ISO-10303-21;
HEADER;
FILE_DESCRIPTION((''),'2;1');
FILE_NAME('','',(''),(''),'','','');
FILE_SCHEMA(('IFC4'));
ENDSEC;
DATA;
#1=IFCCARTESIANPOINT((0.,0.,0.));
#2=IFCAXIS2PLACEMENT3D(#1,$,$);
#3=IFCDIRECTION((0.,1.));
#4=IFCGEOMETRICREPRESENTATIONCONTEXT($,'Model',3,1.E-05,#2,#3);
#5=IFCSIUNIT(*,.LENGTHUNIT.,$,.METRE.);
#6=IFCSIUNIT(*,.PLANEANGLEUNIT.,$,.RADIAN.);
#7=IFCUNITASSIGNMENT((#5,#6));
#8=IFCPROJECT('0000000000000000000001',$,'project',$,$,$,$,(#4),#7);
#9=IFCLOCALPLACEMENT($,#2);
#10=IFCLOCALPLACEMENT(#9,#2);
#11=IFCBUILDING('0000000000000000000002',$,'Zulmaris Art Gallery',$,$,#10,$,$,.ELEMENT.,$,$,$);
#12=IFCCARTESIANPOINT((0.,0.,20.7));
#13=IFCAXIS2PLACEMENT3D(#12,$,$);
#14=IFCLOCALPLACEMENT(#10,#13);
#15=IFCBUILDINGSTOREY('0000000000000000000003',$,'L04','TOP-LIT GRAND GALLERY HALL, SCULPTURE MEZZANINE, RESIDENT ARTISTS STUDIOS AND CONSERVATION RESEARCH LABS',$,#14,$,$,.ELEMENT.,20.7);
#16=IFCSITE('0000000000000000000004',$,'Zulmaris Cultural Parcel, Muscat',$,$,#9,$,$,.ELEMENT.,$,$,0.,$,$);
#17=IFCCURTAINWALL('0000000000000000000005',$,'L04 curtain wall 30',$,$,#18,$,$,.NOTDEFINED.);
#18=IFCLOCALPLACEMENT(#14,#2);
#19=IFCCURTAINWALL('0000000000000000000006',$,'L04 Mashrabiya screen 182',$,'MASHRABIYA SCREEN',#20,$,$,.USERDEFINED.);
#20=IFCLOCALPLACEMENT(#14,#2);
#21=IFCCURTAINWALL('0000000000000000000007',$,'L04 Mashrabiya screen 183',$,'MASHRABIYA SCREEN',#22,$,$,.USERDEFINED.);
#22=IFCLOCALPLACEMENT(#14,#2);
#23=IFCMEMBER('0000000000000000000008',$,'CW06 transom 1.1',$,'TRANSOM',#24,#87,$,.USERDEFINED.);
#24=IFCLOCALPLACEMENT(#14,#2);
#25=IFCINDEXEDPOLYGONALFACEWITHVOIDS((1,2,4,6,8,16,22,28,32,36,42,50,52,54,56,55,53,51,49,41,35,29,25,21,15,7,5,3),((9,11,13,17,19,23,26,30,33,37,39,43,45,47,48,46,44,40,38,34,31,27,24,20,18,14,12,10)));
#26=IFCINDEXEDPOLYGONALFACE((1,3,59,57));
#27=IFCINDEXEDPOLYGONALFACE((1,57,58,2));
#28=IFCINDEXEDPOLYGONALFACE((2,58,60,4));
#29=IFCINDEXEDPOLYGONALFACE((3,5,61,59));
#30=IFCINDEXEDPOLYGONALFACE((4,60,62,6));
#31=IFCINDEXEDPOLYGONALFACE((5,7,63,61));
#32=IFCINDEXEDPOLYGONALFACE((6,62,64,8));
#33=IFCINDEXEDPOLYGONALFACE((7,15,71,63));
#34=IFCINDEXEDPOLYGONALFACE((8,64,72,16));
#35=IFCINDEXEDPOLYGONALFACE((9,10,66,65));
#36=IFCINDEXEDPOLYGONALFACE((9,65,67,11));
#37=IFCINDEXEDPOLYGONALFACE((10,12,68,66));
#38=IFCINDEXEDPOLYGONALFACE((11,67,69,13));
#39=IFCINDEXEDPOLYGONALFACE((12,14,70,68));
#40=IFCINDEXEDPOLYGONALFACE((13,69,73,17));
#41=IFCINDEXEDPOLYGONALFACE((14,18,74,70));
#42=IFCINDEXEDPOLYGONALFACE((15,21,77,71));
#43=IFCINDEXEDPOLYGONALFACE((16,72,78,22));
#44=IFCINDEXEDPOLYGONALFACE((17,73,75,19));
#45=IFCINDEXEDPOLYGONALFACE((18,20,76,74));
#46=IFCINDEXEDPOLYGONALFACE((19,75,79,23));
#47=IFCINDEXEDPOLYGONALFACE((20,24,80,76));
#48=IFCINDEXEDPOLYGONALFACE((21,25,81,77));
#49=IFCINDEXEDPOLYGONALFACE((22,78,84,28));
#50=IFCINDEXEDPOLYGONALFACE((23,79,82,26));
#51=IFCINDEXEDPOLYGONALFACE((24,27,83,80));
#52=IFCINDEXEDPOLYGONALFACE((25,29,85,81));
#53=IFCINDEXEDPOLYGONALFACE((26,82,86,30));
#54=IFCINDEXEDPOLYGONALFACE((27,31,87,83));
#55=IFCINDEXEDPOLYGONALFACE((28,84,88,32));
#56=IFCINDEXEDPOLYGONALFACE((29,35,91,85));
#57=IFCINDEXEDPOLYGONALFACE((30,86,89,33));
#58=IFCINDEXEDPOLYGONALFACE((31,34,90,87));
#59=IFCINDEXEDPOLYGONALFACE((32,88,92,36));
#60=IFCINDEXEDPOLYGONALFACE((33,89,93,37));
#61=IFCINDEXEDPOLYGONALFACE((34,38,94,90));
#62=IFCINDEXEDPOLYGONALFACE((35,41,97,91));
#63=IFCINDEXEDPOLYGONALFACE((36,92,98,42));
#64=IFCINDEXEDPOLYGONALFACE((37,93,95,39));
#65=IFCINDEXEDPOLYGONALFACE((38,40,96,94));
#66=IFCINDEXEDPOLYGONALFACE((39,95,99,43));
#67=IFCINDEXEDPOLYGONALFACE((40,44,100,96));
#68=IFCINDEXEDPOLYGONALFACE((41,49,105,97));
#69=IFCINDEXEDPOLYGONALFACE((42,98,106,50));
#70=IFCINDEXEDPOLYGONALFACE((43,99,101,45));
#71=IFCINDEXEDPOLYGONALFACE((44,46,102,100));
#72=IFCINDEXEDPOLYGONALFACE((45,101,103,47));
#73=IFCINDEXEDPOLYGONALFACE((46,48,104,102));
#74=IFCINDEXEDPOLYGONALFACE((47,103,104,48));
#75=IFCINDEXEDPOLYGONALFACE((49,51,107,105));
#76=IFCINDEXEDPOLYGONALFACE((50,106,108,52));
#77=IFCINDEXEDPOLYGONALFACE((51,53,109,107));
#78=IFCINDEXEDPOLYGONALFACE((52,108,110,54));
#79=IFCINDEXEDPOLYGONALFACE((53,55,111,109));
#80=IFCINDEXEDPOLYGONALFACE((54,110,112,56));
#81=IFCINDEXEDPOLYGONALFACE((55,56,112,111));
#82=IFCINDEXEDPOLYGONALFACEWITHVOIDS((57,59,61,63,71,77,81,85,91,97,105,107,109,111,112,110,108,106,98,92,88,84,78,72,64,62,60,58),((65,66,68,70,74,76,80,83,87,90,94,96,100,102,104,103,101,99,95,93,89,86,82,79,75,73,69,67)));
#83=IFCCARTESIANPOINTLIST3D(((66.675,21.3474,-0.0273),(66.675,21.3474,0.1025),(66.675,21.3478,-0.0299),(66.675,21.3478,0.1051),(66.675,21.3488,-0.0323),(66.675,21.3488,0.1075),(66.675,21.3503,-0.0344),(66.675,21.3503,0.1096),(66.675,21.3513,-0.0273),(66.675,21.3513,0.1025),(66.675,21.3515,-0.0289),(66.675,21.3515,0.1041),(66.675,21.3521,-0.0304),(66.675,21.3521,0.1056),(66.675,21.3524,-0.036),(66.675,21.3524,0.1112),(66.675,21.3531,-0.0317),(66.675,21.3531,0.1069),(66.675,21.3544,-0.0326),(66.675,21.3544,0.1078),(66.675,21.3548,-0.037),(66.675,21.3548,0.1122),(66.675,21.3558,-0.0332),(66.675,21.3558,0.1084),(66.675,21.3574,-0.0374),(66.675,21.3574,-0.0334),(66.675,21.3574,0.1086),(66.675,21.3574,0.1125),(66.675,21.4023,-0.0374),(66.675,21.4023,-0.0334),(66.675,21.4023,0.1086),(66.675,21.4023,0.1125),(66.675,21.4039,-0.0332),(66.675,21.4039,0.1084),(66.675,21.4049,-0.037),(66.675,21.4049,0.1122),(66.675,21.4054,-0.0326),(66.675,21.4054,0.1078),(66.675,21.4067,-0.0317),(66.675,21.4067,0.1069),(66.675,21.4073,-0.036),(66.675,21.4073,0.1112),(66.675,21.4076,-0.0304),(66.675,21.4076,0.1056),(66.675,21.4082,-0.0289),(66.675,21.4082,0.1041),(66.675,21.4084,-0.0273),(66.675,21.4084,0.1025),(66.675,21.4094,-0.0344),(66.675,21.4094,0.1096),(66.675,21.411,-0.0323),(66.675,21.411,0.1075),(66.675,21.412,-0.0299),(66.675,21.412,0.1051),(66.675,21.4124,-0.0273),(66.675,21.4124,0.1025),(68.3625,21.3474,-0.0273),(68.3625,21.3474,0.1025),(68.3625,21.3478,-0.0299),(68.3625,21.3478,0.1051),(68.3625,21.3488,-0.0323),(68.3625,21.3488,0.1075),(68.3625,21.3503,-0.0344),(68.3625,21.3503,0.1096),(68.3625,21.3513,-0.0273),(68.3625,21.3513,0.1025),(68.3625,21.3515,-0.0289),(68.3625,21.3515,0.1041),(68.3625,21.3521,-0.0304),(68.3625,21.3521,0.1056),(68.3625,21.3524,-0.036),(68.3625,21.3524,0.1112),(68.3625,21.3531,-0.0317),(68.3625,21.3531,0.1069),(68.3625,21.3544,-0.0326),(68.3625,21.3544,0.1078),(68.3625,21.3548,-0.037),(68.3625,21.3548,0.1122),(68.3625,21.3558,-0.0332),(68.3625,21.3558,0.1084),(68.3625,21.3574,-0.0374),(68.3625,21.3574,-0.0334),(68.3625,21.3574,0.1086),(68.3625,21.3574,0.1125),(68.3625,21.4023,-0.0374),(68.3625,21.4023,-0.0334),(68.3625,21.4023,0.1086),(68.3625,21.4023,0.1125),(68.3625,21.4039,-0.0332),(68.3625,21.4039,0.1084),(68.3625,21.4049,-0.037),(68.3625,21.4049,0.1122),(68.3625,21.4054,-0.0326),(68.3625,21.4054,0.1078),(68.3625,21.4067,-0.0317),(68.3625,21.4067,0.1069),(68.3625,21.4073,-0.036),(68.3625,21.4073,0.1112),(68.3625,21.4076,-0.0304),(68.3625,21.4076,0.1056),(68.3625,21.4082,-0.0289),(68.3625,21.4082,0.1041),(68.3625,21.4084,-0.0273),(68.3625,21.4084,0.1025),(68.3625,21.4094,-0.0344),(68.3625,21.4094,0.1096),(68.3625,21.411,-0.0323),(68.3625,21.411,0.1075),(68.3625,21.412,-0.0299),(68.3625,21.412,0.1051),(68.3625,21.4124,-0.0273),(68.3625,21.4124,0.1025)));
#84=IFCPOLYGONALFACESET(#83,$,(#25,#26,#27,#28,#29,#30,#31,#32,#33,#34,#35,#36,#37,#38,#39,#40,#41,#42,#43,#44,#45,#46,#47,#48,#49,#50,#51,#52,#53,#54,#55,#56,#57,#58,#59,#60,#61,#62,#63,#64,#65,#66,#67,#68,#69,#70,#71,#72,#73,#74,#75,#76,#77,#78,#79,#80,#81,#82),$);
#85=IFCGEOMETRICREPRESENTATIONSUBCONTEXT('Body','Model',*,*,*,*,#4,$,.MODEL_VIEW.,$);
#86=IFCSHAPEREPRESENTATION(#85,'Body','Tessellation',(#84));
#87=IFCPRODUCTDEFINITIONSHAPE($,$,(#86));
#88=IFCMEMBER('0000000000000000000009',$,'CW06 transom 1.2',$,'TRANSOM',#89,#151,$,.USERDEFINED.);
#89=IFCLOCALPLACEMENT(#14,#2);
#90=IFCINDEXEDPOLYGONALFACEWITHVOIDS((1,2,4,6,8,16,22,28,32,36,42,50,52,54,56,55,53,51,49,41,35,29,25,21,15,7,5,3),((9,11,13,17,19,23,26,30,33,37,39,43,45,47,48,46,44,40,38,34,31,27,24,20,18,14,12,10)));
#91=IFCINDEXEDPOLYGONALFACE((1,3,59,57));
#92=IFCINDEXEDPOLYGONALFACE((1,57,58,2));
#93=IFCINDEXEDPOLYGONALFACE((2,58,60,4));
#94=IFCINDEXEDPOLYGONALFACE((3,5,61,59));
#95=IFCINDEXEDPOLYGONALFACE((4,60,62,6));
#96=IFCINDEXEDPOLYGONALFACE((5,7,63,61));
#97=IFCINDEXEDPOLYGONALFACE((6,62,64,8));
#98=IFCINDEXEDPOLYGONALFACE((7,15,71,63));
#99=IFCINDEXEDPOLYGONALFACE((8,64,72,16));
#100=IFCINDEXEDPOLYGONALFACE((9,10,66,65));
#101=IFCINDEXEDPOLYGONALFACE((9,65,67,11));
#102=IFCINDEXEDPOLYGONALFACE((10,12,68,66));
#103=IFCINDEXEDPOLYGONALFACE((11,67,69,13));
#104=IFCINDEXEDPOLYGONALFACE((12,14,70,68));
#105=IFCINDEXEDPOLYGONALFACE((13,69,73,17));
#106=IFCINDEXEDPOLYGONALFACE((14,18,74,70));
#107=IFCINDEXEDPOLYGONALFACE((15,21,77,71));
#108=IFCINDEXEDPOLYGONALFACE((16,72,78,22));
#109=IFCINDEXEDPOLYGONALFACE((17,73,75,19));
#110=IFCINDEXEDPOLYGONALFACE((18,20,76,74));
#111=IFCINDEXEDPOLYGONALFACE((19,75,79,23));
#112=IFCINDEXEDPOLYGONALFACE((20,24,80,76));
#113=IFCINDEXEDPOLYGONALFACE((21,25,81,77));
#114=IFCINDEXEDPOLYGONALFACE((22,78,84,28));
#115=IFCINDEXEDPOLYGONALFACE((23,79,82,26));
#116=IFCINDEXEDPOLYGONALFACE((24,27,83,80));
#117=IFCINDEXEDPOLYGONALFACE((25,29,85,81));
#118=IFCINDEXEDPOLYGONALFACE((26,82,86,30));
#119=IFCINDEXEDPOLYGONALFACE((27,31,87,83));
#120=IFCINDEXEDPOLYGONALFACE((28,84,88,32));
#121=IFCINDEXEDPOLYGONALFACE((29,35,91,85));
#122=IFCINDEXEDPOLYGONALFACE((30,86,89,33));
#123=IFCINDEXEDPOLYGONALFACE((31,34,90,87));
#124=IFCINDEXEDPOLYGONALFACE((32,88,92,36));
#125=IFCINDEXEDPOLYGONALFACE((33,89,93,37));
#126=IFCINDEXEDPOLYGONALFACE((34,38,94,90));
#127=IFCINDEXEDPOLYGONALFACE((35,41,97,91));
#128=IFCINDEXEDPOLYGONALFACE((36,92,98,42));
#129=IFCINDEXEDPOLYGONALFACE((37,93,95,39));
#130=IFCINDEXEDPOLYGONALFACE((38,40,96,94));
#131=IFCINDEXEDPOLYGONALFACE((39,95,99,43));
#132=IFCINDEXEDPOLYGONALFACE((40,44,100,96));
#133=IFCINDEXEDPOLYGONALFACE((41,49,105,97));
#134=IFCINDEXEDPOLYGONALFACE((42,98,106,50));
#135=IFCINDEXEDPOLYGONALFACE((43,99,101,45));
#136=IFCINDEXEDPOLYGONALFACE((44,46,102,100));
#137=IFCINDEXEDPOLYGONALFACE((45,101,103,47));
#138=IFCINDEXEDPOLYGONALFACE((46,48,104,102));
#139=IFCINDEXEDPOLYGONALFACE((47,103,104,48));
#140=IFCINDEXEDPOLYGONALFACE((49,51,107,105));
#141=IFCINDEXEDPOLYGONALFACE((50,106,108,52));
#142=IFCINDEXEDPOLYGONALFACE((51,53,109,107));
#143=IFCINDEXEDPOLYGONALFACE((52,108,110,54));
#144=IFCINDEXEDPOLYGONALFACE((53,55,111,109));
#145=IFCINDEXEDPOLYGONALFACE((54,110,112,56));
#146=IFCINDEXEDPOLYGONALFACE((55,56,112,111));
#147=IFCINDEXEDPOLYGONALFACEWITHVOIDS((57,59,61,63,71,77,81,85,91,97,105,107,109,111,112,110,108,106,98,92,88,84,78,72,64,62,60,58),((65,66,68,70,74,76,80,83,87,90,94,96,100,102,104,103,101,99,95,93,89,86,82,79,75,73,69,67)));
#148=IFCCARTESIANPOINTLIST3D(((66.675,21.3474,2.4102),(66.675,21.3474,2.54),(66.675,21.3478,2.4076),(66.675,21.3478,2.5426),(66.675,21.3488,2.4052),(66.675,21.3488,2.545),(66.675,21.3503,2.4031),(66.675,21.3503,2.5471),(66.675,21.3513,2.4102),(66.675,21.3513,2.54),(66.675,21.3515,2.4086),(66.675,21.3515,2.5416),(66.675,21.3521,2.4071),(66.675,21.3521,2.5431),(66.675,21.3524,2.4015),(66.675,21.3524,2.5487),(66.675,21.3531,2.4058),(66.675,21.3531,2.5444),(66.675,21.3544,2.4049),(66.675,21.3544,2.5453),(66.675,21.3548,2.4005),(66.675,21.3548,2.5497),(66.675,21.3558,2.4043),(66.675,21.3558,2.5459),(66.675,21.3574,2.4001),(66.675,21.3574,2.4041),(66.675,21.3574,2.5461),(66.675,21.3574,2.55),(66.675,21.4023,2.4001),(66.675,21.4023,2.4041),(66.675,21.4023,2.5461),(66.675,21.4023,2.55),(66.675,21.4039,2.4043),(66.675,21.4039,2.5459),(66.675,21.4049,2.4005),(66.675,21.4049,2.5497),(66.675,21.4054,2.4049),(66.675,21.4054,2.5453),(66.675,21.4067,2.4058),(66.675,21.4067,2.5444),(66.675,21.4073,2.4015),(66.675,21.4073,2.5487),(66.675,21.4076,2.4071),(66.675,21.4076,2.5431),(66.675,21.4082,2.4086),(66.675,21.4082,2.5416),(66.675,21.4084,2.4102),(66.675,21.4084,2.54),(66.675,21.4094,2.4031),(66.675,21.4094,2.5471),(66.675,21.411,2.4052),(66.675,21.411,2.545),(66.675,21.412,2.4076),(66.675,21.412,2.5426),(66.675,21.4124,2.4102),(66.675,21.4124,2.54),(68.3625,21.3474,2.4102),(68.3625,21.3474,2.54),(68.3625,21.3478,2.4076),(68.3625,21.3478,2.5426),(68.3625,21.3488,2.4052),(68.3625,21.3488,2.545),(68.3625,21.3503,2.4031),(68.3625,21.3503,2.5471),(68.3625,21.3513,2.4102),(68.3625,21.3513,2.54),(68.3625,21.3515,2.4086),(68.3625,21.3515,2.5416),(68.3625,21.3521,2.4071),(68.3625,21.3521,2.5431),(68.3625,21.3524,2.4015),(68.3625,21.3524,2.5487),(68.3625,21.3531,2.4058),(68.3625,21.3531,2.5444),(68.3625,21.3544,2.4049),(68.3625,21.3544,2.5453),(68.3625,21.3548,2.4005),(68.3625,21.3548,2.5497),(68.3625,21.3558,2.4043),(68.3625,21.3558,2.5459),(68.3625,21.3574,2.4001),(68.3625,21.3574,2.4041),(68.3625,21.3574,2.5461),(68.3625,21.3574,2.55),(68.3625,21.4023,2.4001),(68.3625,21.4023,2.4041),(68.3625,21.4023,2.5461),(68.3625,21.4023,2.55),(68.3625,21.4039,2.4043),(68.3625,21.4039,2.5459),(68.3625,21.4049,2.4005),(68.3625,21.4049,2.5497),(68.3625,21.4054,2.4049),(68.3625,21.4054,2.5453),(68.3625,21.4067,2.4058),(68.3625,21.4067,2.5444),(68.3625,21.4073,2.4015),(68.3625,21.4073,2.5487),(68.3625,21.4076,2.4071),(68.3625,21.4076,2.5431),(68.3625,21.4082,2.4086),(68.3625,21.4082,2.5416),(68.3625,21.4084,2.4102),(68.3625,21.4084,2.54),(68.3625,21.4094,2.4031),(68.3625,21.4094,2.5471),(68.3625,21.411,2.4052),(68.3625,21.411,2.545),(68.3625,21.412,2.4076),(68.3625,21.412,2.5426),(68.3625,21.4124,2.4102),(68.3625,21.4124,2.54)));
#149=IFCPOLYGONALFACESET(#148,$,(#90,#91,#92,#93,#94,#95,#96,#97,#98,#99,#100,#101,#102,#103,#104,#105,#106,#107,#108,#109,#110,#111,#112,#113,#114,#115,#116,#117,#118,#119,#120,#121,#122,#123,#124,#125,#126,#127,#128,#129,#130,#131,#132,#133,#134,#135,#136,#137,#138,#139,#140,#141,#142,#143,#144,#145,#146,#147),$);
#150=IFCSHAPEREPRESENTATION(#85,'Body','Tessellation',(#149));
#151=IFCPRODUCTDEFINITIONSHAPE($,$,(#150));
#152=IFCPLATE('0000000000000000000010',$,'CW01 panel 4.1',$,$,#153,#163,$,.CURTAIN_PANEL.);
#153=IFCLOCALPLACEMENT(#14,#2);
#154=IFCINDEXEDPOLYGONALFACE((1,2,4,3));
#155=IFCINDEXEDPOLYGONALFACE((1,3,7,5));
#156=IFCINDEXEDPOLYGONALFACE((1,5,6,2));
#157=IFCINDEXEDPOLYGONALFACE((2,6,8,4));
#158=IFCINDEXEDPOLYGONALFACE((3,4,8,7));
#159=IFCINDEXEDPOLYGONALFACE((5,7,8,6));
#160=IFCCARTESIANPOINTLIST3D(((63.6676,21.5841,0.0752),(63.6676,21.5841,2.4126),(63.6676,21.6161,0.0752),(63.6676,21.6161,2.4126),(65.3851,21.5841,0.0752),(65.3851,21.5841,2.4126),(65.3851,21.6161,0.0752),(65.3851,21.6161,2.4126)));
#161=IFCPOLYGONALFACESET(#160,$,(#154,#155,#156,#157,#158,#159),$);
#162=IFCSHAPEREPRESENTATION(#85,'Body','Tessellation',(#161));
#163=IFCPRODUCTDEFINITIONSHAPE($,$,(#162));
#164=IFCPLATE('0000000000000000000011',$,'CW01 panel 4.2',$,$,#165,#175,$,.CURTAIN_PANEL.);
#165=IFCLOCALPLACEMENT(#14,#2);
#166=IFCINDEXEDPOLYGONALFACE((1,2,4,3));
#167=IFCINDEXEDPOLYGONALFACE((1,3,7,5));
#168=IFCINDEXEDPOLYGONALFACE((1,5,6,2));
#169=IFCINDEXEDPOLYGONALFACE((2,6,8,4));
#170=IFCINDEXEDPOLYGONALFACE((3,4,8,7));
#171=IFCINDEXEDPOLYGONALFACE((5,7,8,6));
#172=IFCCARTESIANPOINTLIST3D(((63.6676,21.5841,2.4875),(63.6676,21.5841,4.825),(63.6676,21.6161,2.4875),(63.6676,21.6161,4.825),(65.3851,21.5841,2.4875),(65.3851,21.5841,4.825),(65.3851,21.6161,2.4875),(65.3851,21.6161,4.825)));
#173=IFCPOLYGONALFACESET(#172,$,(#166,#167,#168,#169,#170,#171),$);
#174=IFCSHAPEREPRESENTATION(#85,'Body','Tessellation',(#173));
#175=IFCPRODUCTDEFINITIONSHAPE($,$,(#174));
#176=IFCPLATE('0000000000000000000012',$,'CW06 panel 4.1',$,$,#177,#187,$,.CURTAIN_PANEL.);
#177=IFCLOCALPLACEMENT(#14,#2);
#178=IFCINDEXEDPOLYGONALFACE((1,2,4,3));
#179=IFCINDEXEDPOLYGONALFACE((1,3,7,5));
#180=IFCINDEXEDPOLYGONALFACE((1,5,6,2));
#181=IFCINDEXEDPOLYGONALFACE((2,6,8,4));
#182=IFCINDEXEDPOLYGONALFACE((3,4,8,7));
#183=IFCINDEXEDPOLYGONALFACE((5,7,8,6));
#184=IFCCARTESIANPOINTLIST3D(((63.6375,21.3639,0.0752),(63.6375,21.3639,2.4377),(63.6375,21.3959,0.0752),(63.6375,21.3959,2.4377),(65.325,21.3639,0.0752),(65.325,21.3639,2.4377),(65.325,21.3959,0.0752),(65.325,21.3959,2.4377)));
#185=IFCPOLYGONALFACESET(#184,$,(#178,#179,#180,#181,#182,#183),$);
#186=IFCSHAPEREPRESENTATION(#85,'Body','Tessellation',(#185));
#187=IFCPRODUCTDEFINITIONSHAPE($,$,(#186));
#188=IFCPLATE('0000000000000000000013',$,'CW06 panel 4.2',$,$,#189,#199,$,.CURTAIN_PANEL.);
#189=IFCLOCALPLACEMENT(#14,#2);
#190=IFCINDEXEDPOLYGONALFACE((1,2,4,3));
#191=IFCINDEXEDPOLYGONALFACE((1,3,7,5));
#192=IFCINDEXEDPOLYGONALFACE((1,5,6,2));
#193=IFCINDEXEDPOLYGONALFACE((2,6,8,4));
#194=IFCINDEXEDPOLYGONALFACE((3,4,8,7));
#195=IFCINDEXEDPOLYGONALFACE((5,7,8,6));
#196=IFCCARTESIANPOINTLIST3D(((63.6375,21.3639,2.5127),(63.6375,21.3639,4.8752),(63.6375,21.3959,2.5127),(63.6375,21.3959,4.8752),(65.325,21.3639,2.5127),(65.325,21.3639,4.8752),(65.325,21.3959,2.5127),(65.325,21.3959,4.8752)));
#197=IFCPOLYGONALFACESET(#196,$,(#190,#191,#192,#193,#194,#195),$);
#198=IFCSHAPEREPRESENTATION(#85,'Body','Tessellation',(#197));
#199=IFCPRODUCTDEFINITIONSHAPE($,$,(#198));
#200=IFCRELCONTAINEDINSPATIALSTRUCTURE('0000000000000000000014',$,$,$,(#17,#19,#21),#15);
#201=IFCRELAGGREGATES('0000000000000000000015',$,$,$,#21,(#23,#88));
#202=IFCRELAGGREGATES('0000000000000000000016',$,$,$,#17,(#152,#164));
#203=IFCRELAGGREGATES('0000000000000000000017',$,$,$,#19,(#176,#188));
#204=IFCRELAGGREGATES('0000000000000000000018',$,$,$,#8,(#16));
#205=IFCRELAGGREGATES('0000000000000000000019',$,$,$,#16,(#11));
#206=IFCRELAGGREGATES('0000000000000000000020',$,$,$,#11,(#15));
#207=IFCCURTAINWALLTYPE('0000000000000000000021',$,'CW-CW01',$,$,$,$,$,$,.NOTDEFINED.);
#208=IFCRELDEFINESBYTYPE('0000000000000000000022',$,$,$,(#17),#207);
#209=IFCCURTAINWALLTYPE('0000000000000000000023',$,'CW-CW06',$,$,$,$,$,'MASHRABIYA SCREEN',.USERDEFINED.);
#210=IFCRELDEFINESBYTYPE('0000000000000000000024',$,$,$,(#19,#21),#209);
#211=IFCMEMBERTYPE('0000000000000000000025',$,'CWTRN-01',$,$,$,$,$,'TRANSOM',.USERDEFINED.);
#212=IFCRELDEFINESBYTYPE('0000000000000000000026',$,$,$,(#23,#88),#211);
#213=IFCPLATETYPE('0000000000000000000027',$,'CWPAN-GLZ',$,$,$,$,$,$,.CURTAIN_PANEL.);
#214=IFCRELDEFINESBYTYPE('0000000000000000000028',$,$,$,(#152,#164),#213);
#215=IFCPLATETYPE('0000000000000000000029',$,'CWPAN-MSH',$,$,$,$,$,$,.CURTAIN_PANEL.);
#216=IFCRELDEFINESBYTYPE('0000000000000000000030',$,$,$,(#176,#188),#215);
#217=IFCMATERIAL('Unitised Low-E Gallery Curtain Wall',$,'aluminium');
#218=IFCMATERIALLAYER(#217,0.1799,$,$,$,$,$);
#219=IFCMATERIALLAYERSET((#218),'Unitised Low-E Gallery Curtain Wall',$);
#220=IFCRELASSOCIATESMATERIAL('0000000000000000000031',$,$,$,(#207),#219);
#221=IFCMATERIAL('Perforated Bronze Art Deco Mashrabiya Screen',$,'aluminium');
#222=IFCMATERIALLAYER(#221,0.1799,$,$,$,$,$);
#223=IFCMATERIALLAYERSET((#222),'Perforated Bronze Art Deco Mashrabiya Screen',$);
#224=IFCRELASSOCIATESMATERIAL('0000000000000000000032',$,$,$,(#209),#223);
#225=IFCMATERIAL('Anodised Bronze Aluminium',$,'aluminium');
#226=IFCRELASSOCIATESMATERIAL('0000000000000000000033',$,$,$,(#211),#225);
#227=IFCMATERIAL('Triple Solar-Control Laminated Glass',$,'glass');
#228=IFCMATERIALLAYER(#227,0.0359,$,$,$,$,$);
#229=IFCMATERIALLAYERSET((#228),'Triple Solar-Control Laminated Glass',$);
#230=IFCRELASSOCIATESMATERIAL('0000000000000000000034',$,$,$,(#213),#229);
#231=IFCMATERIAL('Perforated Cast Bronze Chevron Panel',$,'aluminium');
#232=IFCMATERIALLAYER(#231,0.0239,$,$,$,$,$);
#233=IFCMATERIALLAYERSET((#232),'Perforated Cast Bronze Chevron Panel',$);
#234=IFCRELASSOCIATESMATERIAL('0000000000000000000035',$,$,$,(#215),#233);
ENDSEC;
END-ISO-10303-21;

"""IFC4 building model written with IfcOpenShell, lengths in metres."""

from ifc_helpers import new_model, si_unit, direction, frame, origin, origin_2d, place, context, subcontext, project, spatial, rectangle, hollow_rectangle, extrude, material, layer, layer_set, material_profile, profile_set, type_object, element, aggregate, save


model = new_model("IFC4")

# Units and contexts
model_context = context("Model", 3, precision=1e-05, world=origin(), true_north=direction((0.0, 1.0)))
body_context = subcontext(model_context, "Body", "Model", "MODEL_VIEW")
ifc_project = project(units=[si_unit("LENGTHUNIT", "METRE"), si_unit("PLANEANGLEUNIT", "RADIAN")], contexts=[model_context])

# Site, building, storey
site_placement = place(None, origin())
site = spatial("IfcSite", under=ifc_project, at=site_placement, Name="Zulmaris Cultural Parcel, Muscat", CompositionType="ELEMENT", RefElevation=0.0)
building_placement = place(site_placement, origin())
building = spatial("IfcBuilding", under=site, at=building_placement, Name="Zulmaris Art Gallery", CompositionType="ELEMENT")
storey_placement = place(building_placement, frame((0.0, 0.0, 20.7)))
storey = spatial("IfcBuildingStorey", under=building, at=storey_placement, Name="L04", Description="TOP-LIT GRAND GALLERY HALL, SCULPTURE MEZZANINE, RESIDENT ARTISTS STUDIOS AND CONSERVATION RESEARCH LABS", CompositionType="ELEMENT", Elevation=20.7)

# Curtain walls
ifc_material_1 = material(Name="Unitised Low-E Gallery Curtain Wall", Category="aluminium")
ifc_layer_1 = layer(ifc_material_1, 0.1799)
ifc_layer_set_1 = layer_set([ifc_layer_1], Name="Unitised Low-E Gallery Curtain Wall")
curtain_wall_type_1 = type_object("IfcCurtainWallType", Name="CW-CW01", PredefinedType="NOTDEFINED", material=ifc_layer_set_1)
curtain_wall_1_placement = place(storey_placement, origin())
curtain_wall_1 = element("IfcCurtainWall", 1, at=curtain_wall_1_placement, inside=storey, type_object=curtain_wall_type_1, Name="L04 curtain wall 30", PredefinedType="NOTDEFINED")
ifc_material_2 = material(Name="Anodised Bronze Aluminium", Category="aluminium")
ifc_material_3 = material(Name="Perforated Bronze Art Deco Mashrabiya Screen", Category="aluminium")
ifc_layer_2 = layer(ifc_material_3, 0.1799)
ifc_layer_set_2 = layer_set([ifc_layer_2], Name="Perforated Bronze Art Deco Mashrabiya Screen")
curtain_wall_type_2 = type_object("IfcCurtainWallType", Name="CW-CW06", ElementType="MASHRABIYA SCREEN", PredefinedType="USERDEFINED", material=ifc_layer_set_2)
curtain_wall_2_placement = place(storey_placement, origin())
curtain_wall_2 = element("IfcCurtainWall", 2, at=curtain_wall_2_placement, inside=storey, type_object=curtain_wall_type_2, Name="L04 Mashrabiya screen 182", ObjectType="MASHRABIYA SCREEN", PredefinedType="USERDEFINED")

# Curtain wall
curtain_wall_3_placement = place(storey_placement, origin())
curtain_wall_3 = element("IfcCurtainWall", 3, at=curtain_wall_3_placement, inside=storey, type_object=curtain_wall_type_2, Name="L04 Mashrabiya screen 183", ObjectType="MASHRABIYA SCREEN", PredefinedType="USERDEFINED")

# Members
ifc_material_profile_1 = material_profile(ifc_material_2, hollow_rectangle(XDim=0.0649, YDim=0.1499, WallThickness=0.0039, InnerFilletRadius=0.0061, OuterFilletRadius=0.01, at=origin_2d()), Name="ALU 65x150x4")
ifc_profile_set_1 = profile_set([ifc_material_profile_1], Name="Anodised Bronze Aluminium")
member_type_1 = type_object("IfcMemberType", Name="CWTRN-01", ElementType="TRANSOM", PredefinedType="USERDEFINED", material=ifc_profile_set_1)
member_1_placement = place(storey_placement, frame((66.675, 21.3799, 0.0376), z_axis=(1.0, 0.0, 0.0), x_axis=(0.0, 1.0, 0.0)))
member_1 = element("IfcMember", 4, at=member_1_placement, type_object=member_type_1, Name="CW06 transom 1.1", ObjectType="TRANSOM", PredefinedType="USERDEFINED", context=body_context, shape_type="SweptSolid", body=[
    extrude(hollow_rectangle(XDim=0.0649, YDim=0.1499, WallThickness=0.0039, InnerFilletRadius=0.0061, OuterFilletRadius=0.01, at=origin_2d()), origin(), (0.0, 0.0, 1.0), 1.6875),
])
member_2_placement = place(storey_placement, frame((66.675, 21.3799, 2.4751), z_axis=(1.0, 0.0, 0.0), x_axis=(0.0, 1.0, 0.0)))
member_2 = element("IfcMember", 5, at=member_2_placement, type_object=member_type_1, Name="CW06 transom 1.2", ObjectType="TRANSOM", PredefinedType="USERDEFINED", context=body_context, shape_type="SweptSolid", body=[
    extrude(hollow_rectangle(XDim=0.0649, YDim=0.1499, WallThickness=0.0039, InnerFilletRadius=0.0061, OuterFilletRadius=0.01, at=origin_2d()), origin(), (0.0, 0.0, 1.0), 1.6875),
])
aggregate(curtain_wall_3, [member_1, member_2])

# Plates
ifc_material_4 = material(Name="Triple Solar-Control Laminated Glass", Category="glass")
ifc_layer_3 = layer(ifc_material_4, 0.0359)
ifc_layer_set_3 = layer_set([ifc_layer_3], Name="Triple Solar-Control Laminated Glass")
plate_type_1 = type_object("IfcPlateType", Name="CWPAN-GLZ", PredefinedType="CURTAIN_PANEL", material=ifc_layer_set_3)
plate_1_placement = place(storey_placement, frame((64.5264, 21.6001, 0.0752), z_axis=(0.0, 0.0, 1.0), x_axis=(1.0, 0.0, 0.0)))
plate_1 = element("IfcPlate", 6, at=plate_1_placement, type_object=plate_type_1, Name="CW01 panel 4.1", PredefinedType="CURTAIN_PANEL", context=body_context, shape_type="SweptSolid", body=[
    extrude(rectangle(XDim=1.7175, YDim=0.032, at=origin_2d()), origin(), (0.0, 0.0, 1.0), 2.3374),
])
plate_2_placement = place(storey_placement, frame((64.5264, 21.6001, 2.4875), z_axis=(0.0, 0.0, 1.0), x_axis=(1.0, 0.0, 0.0)))
plate_2 = element("IfcPlate", 7, at=plate_2_placement, type_object=plate_type_1, Name="CW01 panel 4.2", PredefinedType="CURTAIN_PANEL", context=body_context, shape_type="SweptSolid", body=[
    extrude(rectangle(XDim=1.7175, YDim=0.032, at=origin_2d()), origin(), (0.0, 0.0, 1.0), 2.3374),
])
aggregate(curtain_wall_1, [plate_1, plate_2])
ifc_material_5 = material(Name="Perforated Cast Bronze Chevron Panel", Category="aluminium")
ifc_layer_4 = layer(ifc_material_5, 0.0239)
ifc_layer_set_4 = layer_set([ifc_layer_4], Name="Perforated Cast Bronze Chevron Panel")
plate_type_2 = type_object("IfcPlateType", Name="CWPAN-MSH", PredefinedType="CURTAIN_PANEL", material=ifc_layer_set_4)
plate_3_placement = place(storey_placement, frame((64.4812, 21.3799, 0.0752), z_axis=(0.0, 0.0, 1.0), x_axis=(1.0, 0.0, 0.0)))
plate_3 = element("IfcPlate", 8, at=plate_3_placement, type_object=plate_type_2, Name="CW06 panel 4.1", PredefinedType="CURTAIN_PANEL", context=body_context, shape_type="SweptSolid", body=[
    extrude(rectangle(XDim=1.6875, YDim=0.032, at=origin_2d()), origin(), (0.0, 0.0, 1.0), 2.3625),
])
plate_4_placement = place(storey_placement, frame((64.4812, 21.3799, 2.5127), z_axis=(0.0, 0.0, 1.0), x_axis=(1.0, 0.0, 0.0)))
plate_4 = element("IfcPlate", 9, at=plate_4_placement, type_object=plate_type_2, Name="CW06 panel 4.2", PredefinedType="CURTAIN_PANEL", context=body_context, shape_type="SweptSolid", body=[
    extrude(rectangle(XDim=1.6875, YDim=0.032, at=origin_2d()), origin(), (0.0, 0.0, 1.0), 2.3625),
])
aggregate(curtain_wall_2, [plate_3, plate_4])

save(model, "model.ifc")
